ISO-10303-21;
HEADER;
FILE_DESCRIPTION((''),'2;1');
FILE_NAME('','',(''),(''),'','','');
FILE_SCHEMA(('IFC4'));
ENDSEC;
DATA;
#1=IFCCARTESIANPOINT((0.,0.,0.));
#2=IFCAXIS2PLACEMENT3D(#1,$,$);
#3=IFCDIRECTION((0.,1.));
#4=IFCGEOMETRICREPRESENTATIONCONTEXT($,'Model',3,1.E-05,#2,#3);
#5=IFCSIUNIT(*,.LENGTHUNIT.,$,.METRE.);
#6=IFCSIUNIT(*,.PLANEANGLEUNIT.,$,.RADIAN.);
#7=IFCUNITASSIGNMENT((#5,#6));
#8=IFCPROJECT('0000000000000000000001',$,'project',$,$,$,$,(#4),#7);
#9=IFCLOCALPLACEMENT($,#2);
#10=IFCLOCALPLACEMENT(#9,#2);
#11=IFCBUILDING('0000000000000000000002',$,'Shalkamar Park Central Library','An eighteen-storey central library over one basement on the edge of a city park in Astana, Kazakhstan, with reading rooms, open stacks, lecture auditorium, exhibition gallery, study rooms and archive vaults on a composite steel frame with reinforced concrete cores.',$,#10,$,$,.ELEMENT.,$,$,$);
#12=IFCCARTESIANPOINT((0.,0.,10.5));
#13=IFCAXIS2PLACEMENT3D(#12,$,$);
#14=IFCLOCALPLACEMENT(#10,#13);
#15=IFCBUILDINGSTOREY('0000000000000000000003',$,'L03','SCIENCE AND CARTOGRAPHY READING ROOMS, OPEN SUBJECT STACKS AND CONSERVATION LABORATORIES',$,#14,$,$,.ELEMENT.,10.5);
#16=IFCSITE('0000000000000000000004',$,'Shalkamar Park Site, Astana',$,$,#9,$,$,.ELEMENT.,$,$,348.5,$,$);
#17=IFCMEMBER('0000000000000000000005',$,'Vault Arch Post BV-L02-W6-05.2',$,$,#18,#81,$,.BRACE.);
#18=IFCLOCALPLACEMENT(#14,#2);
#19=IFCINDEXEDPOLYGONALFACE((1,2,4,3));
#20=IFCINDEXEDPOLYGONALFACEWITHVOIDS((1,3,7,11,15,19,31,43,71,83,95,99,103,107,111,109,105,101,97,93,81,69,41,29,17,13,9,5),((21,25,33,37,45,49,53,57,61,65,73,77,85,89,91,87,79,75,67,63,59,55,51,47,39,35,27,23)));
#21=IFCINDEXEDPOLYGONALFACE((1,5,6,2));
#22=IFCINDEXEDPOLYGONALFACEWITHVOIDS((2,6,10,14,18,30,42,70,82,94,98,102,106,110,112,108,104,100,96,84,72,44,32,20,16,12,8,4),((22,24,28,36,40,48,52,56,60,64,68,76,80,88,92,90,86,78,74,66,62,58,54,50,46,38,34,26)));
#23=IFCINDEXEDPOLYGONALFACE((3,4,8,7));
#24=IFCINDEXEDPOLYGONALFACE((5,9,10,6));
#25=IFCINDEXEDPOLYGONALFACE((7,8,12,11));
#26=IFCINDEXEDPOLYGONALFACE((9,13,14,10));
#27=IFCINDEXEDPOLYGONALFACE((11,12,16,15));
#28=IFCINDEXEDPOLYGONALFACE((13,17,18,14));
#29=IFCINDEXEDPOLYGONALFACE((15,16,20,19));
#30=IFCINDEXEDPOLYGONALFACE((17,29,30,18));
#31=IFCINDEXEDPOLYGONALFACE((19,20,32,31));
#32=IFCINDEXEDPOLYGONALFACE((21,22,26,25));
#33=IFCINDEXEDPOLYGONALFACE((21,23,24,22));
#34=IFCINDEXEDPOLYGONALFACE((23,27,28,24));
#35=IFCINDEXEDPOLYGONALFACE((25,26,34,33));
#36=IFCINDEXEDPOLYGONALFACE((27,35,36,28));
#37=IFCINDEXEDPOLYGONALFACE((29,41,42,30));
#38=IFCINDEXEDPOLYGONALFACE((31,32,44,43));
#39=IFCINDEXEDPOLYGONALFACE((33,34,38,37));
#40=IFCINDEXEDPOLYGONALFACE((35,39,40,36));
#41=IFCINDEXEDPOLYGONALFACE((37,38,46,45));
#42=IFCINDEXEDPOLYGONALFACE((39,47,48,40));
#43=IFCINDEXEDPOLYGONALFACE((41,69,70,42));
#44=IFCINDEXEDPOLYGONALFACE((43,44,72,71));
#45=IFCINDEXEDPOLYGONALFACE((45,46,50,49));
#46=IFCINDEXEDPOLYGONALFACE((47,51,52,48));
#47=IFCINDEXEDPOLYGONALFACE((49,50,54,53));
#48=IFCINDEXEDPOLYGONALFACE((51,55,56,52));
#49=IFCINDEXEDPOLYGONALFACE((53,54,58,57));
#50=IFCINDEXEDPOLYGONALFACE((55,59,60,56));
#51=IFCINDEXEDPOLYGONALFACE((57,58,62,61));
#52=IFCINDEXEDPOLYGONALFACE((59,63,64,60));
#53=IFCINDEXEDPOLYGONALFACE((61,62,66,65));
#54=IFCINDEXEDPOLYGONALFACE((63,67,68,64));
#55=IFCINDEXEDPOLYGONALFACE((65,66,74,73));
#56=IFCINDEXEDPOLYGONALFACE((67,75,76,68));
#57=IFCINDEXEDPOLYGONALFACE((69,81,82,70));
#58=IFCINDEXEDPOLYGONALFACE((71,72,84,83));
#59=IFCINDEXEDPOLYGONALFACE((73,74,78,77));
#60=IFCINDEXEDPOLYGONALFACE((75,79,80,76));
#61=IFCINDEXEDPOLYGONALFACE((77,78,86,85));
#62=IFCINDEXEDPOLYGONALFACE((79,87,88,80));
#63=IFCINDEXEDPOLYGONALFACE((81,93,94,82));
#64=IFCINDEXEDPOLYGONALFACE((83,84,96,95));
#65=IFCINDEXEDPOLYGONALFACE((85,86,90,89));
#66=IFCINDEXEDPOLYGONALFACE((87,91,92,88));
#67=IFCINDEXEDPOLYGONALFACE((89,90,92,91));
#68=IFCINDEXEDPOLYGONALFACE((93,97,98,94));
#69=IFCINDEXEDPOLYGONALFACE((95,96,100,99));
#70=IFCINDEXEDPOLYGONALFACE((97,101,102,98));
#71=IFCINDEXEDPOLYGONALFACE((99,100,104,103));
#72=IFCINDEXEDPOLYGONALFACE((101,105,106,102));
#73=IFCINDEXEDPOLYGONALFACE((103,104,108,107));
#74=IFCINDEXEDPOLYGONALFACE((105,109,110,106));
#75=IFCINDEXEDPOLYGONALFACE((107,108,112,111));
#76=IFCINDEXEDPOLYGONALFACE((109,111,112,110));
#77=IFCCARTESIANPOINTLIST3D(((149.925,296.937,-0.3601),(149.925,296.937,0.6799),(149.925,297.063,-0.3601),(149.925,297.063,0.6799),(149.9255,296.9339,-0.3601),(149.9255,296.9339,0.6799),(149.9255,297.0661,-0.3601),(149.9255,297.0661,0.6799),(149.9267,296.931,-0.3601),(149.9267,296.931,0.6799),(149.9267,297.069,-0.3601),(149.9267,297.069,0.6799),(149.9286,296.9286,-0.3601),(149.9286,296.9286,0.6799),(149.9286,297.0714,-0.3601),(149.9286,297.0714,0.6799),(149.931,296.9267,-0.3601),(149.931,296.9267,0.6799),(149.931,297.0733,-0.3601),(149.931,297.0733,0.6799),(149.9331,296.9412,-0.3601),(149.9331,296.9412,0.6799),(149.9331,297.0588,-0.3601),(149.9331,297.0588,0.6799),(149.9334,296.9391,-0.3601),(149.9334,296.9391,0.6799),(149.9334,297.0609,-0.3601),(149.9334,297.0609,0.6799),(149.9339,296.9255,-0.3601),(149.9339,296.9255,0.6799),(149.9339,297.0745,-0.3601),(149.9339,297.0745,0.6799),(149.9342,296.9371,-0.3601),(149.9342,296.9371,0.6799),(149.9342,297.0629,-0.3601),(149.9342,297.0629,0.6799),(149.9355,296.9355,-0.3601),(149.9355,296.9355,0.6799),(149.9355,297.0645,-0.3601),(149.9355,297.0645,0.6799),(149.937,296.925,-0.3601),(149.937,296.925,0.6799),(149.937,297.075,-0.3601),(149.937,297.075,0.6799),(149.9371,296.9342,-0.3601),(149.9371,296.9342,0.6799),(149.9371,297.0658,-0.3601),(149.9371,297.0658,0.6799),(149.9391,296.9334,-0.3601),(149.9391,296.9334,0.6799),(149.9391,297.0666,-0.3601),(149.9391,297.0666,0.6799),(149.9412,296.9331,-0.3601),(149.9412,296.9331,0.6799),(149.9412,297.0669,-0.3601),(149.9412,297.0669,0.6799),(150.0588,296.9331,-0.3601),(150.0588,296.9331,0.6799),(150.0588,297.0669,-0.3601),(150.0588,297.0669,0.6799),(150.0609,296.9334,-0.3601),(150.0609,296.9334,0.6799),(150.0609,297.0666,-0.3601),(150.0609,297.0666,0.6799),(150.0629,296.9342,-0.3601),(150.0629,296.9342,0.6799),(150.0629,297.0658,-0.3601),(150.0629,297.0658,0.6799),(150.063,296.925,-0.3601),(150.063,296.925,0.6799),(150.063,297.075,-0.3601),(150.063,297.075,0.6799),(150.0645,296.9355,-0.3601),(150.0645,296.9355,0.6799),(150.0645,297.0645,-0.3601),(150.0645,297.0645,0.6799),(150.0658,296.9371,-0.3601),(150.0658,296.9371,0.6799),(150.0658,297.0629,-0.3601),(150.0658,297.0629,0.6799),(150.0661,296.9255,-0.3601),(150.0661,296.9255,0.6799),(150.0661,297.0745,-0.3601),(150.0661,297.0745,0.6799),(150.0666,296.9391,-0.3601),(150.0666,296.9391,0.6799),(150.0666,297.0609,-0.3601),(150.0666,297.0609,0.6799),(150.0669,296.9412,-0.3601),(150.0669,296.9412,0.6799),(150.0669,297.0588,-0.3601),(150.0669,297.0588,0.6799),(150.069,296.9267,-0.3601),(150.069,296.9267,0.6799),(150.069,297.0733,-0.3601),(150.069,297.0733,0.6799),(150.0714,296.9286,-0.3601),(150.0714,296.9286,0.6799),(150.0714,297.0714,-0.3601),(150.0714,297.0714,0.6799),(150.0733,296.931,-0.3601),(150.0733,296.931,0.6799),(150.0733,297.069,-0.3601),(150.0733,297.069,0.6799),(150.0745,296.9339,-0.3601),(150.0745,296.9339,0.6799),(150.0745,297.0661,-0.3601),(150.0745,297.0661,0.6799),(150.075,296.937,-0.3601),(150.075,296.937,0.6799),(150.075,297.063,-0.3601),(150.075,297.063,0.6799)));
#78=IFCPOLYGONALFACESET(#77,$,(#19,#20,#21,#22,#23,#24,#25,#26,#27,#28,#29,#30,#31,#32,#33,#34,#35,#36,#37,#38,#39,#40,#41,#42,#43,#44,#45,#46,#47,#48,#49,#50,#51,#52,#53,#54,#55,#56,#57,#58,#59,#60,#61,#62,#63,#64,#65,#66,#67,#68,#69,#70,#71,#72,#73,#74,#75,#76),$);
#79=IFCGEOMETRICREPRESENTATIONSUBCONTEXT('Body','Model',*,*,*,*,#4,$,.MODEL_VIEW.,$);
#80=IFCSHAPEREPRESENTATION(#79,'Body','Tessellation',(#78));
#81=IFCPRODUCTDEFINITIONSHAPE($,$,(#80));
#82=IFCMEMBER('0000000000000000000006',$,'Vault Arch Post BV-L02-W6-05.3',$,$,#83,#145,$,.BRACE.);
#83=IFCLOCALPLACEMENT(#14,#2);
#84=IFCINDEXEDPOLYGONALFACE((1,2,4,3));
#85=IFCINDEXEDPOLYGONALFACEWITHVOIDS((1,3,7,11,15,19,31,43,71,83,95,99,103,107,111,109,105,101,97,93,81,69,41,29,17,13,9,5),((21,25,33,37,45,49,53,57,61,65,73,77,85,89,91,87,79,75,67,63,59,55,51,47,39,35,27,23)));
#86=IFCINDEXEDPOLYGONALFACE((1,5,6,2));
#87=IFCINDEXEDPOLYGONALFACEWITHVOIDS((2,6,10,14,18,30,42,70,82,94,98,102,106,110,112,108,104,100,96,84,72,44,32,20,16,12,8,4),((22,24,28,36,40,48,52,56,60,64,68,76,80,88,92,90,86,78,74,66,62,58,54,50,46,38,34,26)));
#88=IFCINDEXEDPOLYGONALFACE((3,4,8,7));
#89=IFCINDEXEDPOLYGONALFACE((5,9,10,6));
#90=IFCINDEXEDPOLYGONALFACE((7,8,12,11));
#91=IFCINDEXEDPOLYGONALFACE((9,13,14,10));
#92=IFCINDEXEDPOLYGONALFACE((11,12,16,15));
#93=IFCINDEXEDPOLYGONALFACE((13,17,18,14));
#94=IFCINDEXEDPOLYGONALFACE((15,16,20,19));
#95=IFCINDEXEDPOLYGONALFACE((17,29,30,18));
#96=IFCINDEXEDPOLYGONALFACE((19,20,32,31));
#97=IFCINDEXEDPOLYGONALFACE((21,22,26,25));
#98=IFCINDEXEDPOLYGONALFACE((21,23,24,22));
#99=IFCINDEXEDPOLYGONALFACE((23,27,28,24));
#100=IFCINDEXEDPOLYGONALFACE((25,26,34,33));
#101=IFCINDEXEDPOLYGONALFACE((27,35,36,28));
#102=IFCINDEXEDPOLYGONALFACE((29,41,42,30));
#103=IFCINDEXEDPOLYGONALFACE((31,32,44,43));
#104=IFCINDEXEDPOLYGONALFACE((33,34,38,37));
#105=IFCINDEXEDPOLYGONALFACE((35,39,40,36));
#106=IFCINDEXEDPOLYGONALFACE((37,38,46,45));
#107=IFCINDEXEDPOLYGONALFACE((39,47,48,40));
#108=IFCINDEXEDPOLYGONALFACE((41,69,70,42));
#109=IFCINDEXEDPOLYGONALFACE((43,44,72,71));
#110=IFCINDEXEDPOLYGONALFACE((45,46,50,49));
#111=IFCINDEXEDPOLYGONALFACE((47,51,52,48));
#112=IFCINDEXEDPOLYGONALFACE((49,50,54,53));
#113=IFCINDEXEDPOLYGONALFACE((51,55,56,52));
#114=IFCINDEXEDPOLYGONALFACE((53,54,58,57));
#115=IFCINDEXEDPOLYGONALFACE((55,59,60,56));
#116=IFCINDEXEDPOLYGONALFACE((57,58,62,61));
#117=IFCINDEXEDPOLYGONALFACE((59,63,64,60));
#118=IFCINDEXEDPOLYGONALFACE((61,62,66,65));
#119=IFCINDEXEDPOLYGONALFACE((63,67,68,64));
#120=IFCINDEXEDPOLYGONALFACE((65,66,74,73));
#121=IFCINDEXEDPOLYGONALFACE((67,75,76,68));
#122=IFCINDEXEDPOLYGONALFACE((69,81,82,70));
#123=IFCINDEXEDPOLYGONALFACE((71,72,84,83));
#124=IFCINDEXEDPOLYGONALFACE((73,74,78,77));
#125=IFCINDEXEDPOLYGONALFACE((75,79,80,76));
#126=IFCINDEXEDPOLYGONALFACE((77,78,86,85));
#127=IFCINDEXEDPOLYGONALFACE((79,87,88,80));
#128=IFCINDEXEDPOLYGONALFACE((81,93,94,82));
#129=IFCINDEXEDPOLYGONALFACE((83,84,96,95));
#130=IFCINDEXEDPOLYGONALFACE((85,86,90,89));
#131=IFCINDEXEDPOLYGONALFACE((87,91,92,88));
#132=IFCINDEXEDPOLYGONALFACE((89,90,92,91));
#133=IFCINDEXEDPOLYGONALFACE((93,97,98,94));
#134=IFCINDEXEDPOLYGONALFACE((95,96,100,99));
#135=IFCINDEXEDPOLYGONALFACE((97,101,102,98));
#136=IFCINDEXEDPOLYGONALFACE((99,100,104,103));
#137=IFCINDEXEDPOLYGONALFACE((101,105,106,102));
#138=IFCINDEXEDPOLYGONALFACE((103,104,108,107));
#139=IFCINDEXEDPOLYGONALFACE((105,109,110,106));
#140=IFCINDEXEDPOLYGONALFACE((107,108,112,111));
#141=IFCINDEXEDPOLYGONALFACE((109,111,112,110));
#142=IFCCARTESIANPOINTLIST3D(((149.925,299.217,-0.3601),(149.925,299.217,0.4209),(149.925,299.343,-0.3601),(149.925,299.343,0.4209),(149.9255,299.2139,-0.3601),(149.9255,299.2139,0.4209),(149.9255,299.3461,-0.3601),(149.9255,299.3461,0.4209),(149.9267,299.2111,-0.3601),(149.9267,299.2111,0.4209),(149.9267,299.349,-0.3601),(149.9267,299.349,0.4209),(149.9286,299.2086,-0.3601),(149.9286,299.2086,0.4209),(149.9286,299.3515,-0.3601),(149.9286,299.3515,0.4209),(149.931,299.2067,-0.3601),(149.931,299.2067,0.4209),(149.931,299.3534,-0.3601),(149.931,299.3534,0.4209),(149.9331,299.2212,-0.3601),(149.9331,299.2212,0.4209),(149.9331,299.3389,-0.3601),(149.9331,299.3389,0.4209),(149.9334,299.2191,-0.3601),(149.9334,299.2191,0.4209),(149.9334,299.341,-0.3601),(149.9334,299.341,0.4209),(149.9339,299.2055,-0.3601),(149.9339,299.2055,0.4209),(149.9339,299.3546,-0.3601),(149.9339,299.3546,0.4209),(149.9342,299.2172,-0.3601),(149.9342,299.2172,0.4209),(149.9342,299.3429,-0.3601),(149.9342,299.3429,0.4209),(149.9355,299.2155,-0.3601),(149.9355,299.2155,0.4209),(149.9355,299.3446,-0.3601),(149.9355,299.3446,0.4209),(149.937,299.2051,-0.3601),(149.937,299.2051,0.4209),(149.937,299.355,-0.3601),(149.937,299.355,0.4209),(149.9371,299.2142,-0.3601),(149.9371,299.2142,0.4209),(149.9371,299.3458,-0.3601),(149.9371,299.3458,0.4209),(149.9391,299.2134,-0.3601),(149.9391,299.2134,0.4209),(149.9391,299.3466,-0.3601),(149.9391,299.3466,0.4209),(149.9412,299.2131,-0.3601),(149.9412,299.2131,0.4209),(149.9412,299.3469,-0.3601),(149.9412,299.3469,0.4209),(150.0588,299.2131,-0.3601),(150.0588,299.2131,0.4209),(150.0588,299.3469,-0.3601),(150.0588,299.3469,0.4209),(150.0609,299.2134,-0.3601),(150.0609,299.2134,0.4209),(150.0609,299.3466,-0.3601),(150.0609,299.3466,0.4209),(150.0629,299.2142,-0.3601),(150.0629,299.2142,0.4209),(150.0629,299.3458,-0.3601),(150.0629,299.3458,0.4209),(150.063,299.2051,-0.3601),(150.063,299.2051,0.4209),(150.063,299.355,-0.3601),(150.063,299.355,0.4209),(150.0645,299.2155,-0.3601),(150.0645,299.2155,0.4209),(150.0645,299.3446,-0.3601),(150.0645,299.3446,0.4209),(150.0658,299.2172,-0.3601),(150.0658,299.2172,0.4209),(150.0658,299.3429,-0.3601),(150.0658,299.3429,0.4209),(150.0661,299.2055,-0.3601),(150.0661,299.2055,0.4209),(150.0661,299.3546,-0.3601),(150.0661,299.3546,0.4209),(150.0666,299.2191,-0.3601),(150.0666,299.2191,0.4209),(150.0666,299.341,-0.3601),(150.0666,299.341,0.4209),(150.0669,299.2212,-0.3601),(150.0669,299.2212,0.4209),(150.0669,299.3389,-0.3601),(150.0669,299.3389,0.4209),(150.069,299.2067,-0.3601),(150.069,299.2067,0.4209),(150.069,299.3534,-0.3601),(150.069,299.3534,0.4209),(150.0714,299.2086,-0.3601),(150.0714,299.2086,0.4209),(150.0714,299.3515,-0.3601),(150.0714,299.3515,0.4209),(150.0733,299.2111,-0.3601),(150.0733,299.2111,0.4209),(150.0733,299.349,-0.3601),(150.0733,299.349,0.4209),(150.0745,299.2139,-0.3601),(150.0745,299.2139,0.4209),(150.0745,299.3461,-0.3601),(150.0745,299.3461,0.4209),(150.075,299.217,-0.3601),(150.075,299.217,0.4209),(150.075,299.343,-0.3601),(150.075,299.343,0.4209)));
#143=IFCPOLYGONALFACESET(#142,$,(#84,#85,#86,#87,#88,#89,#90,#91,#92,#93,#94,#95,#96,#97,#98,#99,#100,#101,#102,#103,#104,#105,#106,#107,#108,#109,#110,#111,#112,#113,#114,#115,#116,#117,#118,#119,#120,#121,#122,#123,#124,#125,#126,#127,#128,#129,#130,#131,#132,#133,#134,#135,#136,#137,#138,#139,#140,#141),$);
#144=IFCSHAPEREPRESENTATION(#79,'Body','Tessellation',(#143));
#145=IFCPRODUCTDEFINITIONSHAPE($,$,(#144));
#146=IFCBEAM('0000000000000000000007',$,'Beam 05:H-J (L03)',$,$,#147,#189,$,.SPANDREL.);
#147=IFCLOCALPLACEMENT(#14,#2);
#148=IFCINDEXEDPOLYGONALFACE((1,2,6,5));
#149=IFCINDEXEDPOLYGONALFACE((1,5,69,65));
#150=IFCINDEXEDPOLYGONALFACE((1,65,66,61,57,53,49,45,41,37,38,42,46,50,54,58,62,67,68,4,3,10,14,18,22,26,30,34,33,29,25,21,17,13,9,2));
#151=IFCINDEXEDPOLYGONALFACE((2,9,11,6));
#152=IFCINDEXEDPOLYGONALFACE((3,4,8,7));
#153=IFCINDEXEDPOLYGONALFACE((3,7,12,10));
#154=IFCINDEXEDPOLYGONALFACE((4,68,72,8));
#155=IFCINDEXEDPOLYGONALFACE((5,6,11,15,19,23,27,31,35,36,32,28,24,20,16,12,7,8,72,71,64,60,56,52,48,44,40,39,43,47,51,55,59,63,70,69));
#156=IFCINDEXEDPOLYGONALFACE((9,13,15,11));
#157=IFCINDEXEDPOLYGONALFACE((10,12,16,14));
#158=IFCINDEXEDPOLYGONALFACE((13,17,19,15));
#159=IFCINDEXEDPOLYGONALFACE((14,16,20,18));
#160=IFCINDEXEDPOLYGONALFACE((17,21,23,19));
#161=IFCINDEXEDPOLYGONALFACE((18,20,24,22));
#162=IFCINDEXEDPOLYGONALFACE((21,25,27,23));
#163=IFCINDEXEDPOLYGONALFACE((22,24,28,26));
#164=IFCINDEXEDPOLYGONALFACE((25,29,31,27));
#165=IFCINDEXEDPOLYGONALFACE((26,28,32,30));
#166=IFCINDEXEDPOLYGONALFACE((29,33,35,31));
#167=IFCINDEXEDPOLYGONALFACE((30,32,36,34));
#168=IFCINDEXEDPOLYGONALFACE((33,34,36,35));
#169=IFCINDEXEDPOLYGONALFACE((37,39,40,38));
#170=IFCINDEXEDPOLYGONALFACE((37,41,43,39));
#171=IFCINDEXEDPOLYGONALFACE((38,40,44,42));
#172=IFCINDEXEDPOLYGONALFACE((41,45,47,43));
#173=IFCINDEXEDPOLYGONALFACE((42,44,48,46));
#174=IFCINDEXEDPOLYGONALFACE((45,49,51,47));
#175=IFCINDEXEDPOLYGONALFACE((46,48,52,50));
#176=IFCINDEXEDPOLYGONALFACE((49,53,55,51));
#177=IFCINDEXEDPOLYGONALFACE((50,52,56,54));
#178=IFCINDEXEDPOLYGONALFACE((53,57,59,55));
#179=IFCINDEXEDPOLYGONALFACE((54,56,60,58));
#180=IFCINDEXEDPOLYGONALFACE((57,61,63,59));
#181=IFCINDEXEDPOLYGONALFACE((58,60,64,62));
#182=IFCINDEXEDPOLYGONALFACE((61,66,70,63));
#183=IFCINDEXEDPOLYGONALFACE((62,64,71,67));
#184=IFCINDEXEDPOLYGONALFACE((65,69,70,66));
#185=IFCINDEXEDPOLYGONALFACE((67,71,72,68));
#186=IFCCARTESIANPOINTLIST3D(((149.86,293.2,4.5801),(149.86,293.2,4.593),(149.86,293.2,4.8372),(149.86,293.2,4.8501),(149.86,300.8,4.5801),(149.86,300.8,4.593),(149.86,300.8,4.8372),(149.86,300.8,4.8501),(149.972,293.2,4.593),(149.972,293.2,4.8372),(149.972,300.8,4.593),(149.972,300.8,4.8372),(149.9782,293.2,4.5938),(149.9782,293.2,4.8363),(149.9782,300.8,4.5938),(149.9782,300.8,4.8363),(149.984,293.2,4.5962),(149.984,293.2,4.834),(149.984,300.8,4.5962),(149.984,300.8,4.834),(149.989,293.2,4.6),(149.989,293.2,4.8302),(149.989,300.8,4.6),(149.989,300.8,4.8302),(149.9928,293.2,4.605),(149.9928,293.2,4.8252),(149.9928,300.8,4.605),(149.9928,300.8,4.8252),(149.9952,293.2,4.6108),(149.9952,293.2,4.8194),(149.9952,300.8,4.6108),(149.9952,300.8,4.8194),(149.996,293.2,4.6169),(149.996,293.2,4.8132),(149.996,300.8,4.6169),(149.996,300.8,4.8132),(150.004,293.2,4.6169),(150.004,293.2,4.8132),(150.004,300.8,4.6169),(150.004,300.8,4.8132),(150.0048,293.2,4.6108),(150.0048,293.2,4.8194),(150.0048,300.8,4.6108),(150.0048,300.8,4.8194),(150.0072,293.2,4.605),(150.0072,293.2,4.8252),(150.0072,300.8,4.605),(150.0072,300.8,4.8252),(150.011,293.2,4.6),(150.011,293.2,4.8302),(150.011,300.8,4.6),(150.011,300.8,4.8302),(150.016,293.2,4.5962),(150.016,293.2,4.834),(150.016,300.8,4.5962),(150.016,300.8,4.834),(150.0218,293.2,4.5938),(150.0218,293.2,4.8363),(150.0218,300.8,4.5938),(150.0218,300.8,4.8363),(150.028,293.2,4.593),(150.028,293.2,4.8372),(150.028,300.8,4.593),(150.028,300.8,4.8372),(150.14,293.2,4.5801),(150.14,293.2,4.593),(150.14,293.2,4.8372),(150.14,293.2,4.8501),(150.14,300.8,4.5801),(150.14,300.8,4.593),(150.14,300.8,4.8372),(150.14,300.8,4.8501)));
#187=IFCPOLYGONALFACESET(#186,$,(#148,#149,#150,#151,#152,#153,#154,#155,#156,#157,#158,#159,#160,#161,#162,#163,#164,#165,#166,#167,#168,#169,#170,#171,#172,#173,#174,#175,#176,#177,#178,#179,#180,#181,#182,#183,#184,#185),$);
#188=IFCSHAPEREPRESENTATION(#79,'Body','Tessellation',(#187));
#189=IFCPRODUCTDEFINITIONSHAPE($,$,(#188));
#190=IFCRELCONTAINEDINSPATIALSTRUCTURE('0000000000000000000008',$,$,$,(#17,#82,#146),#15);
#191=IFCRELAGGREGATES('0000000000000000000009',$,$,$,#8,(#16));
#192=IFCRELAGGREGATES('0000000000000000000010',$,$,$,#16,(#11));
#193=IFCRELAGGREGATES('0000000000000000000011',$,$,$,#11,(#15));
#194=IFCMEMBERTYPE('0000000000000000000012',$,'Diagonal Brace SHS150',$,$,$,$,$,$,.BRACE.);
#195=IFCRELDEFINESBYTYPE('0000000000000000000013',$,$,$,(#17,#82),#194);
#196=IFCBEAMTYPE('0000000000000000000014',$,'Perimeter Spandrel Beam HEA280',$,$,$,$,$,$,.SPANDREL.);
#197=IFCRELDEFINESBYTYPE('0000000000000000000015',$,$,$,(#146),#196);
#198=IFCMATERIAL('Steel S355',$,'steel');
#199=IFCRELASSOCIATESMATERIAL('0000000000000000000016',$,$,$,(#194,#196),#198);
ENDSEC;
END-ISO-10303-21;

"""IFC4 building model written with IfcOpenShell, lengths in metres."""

from ifc_helpers import new_model, si_unit, direction, frame, origin, origin_2d, place, context, subcontext, project, spatial, hollow_rectangle, i_section, extrude, material, material_profile, profile_set, type_object, element, save


model = new_model("IFC4")

# Units and contexts
model_context = context("Model", 3, precision=1e-05, world=origin(), true_north=direction((0.0, 1.0)))
body_context = subcontext(model_context, "Body", "Model", "MODEL_VIEW")
ifc_project = project(units=[si_unit("LENGTHUNIT", "METRE"), si_unit("PLANEANGLEUNIT", "RADIAN")], contexts=[model_context])

# Site, building, storey
site_placement = place(None, origin())
site = spatial("IfcSite", under=ifc_project, at=site_placement, Name="Shalkamar Park Site, Astana", CompositionType="ELEMENT", RefElevation=348.5)
building_placement = place(site_placement, origin())
building = spatial("IfcBuilding", under=site, at=building_placement, Name="Shalkamar Park Central Library", Description="An eighteen-storey central library over one basement on the edge of a city park in Astana, Kazakhstan, with reading rooms, open stacks, lecture auditorium, exhibition gallery, study rooms and archive vaults on a composite steel frame with reinforced concrete cores.", CompositionType="ELEMENT")
storey_placement = place(building_placement, frame((0.0, 0.0, 10.5)))
storey = spatial("IfcBuildingStorey", under=building, at=storey_placement, Name="L03", Description="SCIENCE AND CARTOGRAPHY READING ROOMS, OPEN SUBJECT STACKS AND CONSERVATION LABORATORIES", CompositionType="ELEMENT", Elevation=10.5)

# Shared definitions
ifc_material_1 = material(Name="Steel S355", Category="steel")

# Members
ifc_material_profile_1 = material_profile(ifc_material_1, hollow_rectangle(XDim=0.1499, YDim=0.1499, WallThickness=0.0081, InnerFilletRadius=0.0081, OuterFilletRadius=0.012, at=origin_2d()), Name="SHS 150x150x8")
ifc_profile_set_1 = profile_set([ifc_material_profile_1], Name="Steel S355")
member_type_1 = type_object("IfcMemberType", Name="Diagonal Brace SHS150", PredefinedType="BRACE", material=ifc_profile_set_1)
member_1_placement = place(storey_placement, frame((150.0, 297.0, -0.3601), z_axis=(0.0, 0.0, 1.0), x_axis=(1.0, 0.0, 0.0)))
element("IfcMember", 1, at=member_1_placement, inside=storey, type_object=member_type_1, Name="Vault Arch Post BV-L02-W6-05.2", PredefinedType="BRACE", context=body_context, shape_type="SweptSolid", body=[
    extrude(hollow_rectangle(XDim=0.1499, YDim=0.1499, WallThickness=0.0081, InnerFilletRadius=0.0081, OuterFilletRadius=0.012, at=origin_2d()), origin(), (0.0, 0.0, 1.0), 1.04),
])
member_2_placement = place(storey_placement, frame((150.0, 299.28, -0.3601), z_axis=(0.0, 0.0, 1.0), x_axis=(1.0, 0.0, 0.0)))
element("IfcMember", 2, at=member_2_placement, inside=storey, type_object=member_type_1, Name="Vault Arch Post BV-L02-W6-05.3", PredefinedType="BRACE", context=body_context, shape_type="SweptSolid", body=[
    extrude(hollow_rectangle(XDim=0.1499, YDim=0.1499, WallThickness=0.0081, InnerFilletRadius=0.0081, OuterFilletRadius=0.012, at=origin_2d()), origin(), (0.0, 0.0, 1.0), 0.781),
])

# Beam
ifc_material_profile_2 = material_profile(ifc_material_1, i_section(OverallWidth=0.28, OverallDepth=0.27, WebThickness=0.0081, FlangeThickness=0.0129, FilletRadius=0.0239, at=origin_2d()), Name="HEA 280")
ifc_profile_set_2 = profile_set([ifc_material_profile_2], Name="Steel S355")
beam_type_1 = type_object("IfcBeamType", Name="Perimeter Spandrel Beam HEA280", PredefinedType="SPANDREL", material=ifc_profile_set_2)
beam_1_placement = place(storey_placement, frame((150.0, 293.2, 4.7151), z_axis=(0.0, 1.0, 0.0), x_axis=(-1.0, 0.0, 0.0)))
element("IfcBeam", 3, at=beam_1_placement, inside=storey, type_object=beam_type_1, Name="Beam 05:H-J (L03)", PredefinedType="SPANDREL", context=body_context, shape_type="SweptSolid", body=[
    extrude(i_section(OverallWidth=0.28, OverallDepth=0.27, WebThickness=0.0081, FlangeThickness=0.0129, FilletRadius=0.0239, at=origin_2d()), origin(), (0.0, 0.0, 1.0), 7.6001),
])

save(model, "model.ifc")
